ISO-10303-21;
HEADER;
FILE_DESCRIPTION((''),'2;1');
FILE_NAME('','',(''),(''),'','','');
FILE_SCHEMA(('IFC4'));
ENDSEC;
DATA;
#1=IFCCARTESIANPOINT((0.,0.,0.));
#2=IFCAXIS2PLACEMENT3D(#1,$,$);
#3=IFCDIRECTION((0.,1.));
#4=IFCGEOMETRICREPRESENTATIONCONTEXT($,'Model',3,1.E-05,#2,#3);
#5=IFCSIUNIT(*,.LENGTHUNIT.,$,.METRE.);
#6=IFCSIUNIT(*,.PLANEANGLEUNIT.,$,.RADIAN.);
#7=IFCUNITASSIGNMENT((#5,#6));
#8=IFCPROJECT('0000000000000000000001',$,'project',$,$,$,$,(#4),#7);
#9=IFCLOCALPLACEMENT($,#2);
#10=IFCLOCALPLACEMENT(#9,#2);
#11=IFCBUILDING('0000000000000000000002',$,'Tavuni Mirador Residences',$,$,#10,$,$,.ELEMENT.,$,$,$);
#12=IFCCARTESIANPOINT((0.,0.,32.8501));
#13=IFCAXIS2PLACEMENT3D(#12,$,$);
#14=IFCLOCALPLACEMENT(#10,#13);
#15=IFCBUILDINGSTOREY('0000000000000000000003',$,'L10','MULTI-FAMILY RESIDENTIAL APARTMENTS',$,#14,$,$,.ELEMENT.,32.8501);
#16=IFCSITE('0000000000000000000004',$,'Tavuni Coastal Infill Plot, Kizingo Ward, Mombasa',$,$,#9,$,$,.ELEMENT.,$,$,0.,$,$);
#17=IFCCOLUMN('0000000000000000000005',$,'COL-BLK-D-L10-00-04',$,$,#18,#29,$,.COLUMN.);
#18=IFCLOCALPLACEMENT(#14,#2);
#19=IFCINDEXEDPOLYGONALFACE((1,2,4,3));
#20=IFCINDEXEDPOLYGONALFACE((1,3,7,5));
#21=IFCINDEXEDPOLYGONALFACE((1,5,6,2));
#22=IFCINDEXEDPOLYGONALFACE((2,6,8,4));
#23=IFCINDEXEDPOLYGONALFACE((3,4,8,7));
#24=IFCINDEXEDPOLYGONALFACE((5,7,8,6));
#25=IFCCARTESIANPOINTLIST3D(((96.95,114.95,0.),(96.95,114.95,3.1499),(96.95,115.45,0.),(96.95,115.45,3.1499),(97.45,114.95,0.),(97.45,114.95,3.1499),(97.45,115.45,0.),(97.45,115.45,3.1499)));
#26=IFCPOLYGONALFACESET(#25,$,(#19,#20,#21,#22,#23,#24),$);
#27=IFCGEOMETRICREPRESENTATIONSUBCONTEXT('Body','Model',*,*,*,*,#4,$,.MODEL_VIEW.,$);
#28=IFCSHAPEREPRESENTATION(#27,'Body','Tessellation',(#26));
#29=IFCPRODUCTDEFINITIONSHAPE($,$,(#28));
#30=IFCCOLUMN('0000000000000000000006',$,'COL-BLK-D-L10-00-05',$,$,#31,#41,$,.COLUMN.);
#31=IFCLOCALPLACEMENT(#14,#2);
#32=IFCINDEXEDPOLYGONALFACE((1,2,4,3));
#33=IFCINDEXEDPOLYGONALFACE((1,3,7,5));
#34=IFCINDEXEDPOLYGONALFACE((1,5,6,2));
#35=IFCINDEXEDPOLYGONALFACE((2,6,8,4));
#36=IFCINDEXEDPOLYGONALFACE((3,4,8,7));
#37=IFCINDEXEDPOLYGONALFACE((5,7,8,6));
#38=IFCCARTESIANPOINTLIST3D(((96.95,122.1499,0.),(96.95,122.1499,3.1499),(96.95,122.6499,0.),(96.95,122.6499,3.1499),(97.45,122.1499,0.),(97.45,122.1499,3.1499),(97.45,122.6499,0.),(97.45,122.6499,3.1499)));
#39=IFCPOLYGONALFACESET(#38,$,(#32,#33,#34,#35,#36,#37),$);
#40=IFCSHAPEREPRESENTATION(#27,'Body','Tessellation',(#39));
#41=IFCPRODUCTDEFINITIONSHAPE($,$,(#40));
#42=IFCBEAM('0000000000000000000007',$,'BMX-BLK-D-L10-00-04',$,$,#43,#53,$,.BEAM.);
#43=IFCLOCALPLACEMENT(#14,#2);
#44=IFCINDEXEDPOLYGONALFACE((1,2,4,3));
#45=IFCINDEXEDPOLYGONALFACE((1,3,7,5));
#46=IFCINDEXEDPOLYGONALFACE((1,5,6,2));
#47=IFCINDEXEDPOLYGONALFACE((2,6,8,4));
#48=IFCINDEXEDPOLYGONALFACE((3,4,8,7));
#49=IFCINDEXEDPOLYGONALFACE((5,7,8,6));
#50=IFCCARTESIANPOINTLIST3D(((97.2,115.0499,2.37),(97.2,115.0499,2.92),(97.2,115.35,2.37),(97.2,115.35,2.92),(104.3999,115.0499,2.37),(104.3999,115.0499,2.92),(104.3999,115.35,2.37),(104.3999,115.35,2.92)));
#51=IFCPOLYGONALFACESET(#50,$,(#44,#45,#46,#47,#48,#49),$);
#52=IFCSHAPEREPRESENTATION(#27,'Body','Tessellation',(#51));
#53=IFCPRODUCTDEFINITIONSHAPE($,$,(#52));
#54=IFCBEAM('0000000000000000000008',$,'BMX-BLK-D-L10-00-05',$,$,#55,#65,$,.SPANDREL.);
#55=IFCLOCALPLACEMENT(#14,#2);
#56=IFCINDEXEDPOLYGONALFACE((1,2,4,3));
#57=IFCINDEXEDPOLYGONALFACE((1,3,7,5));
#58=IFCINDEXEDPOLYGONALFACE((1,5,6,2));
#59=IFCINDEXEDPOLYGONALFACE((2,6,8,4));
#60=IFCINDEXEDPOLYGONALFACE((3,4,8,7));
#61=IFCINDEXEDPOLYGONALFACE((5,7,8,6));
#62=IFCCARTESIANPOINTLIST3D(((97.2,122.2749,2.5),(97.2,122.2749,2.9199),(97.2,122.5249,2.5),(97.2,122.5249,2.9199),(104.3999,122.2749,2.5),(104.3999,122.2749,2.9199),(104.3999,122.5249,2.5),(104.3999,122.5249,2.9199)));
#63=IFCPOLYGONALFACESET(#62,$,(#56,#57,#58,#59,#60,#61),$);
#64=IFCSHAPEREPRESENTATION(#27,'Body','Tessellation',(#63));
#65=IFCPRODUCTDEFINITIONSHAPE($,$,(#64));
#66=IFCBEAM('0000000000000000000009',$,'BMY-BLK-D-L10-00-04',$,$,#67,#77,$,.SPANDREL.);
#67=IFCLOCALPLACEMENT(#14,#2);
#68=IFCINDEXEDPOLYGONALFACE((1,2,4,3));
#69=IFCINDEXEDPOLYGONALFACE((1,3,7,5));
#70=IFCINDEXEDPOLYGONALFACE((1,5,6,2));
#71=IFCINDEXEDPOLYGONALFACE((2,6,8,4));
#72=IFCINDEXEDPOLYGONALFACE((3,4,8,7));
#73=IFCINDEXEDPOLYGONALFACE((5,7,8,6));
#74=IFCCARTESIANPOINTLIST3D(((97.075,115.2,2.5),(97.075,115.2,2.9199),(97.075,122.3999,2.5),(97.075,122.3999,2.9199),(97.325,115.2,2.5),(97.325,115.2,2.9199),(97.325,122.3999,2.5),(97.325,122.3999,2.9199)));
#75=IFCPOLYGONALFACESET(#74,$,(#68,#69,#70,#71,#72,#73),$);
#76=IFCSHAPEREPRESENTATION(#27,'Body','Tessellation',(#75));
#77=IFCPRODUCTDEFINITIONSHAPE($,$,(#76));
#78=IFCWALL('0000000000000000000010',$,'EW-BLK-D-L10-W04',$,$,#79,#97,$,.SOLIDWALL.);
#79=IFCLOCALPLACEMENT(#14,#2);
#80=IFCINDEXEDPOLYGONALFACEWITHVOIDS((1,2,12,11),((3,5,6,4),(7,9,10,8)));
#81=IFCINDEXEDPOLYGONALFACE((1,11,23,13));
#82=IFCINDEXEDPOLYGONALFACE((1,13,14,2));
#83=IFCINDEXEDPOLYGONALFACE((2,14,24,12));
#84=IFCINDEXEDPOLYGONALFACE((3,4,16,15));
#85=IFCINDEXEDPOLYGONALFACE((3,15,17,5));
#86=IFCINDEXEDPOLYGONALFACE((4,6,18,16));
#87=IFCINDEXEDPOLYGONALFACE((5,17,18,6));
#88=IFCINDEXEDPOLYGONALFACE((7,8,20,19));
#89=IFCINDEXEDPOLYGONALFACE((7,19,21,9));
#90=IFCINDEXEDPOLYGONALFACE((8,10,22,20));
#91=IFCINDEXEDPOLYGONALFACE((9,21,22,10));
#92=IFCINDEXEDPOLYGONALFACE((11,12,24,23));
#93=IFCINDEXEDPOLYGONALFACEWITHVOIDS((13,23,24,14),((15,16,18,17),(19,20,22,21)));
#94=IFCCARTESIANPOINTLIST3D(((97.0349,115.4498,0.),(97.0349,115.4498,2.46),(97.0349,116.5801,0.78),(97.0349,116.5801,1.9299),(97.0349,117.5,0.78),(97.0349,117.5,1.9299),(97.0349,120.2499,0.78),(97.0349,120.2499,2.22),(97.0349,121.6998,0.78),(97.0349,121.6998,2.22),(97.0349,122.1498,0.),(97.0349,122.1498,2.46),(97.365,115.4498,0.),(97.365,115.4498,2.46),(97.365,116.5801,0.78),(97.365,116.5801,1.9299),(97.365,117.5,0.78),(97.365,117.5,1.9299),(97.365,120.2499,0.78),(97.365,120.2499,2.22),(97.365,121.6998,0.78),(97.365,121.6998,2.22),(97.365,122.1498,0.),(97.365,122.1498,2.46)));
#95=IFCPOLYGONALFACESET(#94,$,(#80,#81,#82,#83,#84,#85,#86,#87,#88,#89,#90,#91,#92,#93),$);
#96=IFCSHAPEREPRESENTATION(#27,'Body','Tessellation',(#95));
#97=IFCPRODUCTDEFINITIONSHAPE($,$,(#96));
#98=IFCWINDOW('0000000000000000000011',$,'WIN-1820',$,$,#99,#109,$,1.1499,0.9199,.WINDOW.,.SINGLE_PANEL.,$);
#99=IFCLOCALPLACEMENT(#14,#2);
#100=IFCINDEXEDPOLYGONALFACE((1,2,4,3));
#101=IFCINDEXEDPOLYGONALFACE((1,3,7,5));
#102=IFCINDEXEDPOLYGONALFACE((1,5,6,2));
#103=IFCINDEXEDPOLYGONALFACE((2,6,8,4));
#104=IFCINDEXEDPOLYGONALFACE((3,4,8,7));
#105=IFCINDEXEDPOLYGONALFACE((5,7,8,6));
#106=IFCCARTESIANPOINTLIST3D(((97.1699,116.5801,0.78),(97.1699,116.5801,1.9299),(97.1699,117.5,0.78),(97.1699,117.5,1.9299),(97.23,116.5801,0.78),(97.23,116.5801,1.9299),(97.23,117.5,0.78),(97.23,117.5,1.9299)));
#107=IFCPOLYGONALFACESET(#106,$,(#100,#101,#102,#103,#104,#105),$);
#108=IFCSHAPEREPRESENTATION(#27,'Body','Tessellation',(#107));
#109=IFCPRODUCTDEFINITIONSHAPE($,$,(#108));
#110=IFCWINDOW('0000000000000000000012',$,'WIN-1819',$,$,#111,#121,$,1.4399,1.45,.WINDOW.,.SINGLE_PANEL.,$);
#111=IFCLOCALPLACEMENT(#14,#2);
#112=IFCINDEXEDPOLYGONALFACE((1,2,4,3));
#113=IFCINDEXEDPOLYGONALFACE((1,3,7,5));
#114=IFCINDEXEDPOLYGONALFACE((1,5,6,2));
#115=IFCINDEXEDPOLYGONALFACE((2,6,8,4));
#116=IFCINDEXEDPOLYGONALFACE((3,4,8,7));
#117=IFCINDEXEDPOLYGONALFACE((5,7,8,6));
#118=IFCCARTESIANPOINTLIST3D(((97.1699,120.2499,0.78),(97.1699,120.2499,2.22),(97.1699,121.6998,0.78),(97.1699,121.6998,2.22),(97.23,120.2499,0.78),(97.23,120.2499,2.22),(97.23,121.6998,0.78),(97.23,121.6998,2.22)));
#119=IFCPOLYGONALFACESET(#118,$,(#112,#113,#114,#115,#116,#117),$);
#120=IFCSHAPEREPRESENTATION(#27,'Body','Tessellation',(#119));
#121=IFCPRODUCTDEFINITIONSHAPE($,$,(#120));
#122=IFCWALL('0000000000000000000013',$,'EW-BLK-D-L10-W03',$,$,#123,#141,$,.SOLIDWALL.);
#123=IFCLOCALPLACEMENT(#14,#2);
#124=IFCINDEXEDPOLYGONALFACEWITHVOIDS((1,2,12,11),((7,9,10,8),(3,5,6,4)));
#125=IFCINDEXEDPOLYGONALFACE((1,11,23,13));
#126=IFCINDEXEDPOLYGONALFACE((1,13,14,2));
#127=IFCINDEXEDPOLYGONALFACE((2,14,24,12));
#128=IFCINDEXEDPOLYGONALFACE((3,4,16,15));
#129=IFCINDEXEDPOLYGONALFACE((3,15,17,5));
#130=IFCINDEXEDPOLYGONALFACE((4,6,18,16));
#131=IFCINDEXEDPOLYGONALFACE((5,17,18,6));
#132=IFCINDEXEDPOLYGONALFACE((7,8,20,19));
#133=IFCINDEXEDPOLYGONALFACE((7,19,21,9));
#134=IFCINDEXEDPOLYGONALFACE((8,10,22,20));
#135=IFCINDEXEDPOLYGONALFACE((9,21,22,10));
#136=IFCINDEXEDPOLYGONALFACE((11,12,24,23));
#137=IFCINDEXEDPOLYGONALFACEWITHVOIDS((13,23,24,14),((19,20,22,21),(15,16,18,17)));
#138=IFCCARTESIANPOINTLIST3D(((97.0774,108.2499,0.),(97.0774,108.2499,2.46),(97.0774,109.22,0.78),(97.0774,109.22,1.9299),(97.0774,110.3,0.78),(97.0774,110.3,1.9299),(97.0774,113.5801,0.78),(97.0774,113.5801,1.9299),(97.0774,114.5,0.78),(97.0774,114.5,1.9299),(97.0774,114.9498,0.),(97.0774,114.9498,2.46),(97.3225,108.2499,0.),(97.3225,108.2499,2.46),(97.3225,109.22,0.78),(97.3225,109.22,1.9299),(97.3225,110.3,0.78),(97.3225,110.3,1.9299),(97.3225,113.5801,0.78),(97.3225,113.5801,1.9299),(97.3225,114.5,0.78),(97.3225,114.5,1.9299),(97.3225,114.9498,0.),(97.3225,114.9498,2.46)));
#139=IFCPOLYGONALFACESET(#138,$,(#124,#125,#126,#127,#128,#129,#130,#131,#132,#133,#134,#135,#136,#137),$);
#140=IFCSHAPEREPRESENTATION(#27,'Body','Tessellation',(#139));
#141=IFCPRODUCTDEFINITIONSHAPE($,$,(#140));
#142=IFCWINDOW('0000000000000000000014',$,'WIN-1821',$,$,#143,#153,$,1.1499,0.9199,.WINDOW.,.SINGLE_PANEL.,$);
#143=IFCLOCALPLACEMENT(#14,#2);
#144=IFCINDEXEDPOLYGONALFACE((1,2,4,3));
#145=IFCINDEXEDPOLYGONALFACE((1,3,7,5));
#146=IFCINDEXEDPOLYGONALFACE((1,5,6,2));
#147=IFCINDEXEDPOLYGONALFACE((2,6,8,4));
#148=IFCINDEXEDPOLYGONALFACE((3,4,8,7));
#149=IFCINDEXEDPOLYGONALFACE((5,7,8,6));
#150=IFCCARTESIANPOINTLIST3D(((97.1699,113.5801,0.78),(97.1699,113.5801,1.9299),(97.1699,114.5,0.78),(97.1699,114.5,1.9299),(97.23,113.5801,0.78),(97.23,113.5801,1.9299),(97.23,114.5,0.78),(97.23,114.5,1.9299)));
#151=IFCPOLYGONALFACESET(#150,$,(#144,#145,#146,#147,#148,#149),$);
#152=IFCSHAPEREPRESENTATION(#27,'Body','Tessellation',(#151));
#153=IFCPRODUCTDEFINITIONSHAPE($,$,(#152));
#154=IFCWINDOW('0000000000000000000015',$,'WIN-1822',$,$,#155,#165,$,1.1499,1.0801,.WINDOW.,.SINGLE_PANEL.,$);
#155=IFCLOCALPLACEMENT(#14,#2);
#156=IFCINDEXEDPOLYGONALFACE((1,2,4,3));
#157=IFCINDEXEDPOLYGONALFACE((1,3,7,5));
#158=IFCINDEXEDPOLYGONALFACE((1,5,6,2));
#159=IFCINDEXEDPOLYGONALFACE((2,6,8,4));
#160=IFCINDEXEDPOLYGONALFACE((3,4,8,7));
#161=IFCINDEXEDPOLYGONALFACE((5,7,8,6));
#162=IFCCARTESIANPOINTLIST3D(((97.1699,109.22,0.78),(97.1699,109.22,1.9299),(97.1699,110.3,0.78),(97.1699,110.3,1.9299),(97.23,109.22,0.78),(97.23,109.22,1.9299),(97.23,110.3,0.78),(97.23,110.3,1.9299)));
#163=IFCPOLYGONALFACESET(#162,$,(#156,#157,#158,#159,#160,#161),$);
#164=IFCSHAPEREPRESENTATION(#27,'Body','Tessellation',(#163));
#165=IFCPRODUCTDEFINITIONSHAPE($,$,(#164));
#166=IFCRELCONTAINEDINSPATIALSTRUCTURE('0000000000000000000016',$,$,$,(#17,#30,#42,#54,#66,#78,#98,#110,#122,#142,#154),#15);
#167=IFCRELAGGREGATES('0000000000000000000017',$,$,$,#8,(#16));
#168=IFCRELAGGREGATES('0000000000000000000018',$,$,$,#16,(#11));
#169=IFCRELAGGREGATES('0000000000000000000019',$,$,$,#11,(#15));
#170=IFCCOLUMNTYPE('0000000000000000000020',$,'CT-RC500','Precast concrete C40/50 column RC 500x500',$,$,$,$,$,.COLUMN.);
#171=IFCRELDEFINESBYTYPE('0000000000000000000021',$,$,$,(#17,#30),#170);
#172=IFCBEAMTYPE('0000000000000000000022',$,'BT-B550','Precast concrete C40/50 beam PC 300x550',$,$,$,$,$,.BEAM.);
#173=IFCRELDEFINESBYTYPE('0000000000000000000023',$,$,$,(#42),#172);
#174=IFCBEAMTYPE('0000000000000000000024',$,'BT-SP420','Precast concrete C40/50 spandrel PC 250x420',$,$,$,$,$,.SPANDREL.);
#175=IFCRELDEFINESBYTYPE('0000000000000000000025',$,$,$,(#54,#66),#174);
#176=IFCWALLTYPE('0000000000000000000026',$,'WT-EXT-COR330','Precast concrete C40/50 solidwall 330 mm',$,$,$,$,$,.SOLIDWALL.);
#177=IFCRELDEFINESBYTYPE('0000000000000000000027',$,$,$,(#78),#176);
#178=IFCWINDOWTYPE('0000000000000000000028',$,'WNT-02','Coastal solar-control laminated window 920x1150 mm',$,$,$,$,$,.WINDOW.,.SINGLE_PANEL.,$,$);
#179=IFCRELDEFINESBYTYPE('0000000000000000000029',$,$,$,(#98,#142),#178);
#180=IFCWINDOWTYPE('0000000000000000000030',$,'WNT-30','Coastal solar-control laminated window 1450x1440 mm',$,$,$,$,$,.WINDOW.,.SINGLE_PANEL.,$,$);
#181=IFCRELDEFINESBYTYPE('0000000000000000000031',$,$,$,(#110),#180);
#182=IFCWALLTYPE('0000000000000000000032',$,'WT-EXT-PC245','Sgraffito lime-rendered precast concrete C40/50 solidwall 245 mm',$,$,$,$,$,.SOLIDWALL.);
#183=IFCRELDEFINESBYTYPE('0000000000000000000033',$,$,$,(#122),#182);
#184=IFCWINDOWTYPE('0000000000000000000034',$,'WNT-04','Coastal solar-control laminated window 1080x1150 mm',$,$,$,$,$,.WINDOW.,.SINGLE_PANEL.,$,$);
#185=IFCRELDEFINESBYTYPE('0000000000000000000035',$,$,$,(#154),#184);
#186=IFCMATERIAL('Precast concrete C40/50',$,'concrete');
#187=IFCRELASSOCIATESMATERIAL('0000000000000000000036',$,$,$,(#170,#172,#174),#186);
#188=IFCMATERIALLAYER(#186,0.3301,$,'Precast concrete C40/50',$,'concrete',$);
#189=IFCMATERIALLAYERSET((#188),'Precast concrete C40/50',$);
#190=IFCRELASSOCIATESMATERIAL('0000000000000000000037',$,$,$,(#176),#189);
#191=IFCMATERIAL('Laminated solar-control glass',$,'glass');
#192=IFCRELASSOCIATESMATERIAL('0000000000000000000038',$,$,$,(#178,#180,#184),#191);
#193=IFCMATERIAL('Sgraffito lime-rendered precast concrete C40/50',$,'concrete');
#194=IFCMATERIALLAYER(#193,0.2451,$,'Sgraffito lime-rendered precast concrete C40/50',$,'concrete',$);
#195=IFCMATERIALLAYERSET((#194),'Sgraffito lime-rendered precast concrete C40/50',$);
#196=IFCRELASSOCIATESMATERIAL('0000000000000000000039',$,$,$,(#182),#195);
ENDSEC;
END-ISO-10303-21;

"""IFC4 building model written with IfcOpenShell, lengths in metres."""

from ifc_helpers import new_model, si_unit, direction, frame, frame_2d, origin, origin_2d, place, context, subcontext, project, spatial, rectangle, extrude, material, layer, layer_set, material_profile, profile_set, type_object, element, fill, save


model = new_model("IFC4")

# Units and contexts
model_context = context("Model", 3, precision=1e-05, world=origin(), true_north=direction((0.0, 1.0)))
body_context = subcontext(model_context, "Body", "Model", "MODEL_VIEW")
ifc_project = project(units=[si_unit("LENGTHUNIT", "METRE"), si_unit("PLANEANGLEUNIT", "RADIAN")], contexts=[model_context])

# Site, building, storey
site_placement = place(None, origin())
site = spatial("IfcSite", under=ifc_project, at=site_placement, Name="Tavuni Coastal Infill Plot, Kizingo Ward, Mombasa", CompositionType="ELEMENT", RefElevation=0.0)
building_placement = place(site_placement, origin())
building = spatial("IfcBuilding", under=site, at=building_placement, Name="Tavuni Mirador Residences", CompositionType="ELEMENT")
storey_placement = place(building_placement, frame((0.0, 0.0, 32.8501)))
storey = spatial("IfcBuildingStorey", under=building, at=storey_placement, Name="L10", Description="MULTI-FAMILY RESIDENTIAL APARTMENTS", CompositionType="ELEMENT", Elevation=32.8501)

# Columns
ifc_material_1 = material(Name="Precast concrete C40/50", Category="concrete")
ifc_material_profile_1 = material_profile(ifc_material_1, rectangle(XDim=0.5, YDim=0.5, at=origin_2d()), Name="RC 500x500", Category="concrete")
ifc_profile_set_1 = profile_set([ifc_material_profile_1], Name="Precast concrete C40/50")
column_type = type_object("IfcColumnType", Name="CT-RC500", Description="Precast concrete C40/50 column RC 500x500", PredefinedType="COLUMN", material=ifc_profile_set_1)
for number, where, z_axis, x_axis, name in (
    (1, (97.2, 115.2, 0.0), (0.0, 0.0, 1.0), (1.0, 0.0, 0.0), "COL-BLK-D-L10-00-04"),
    (2, (97.2, 122.3999, 0.0), (0.0, 0.0, 1.0), (1.0, 0.0, 0.0), "COL-BLK-D-L10-00-05"),
):
    element("IfcColumn", number, at=place(storey_placement, frame(where, z_axis=z_axis, x_axis=x_axis)), inside=storey, type_object=column_type, Name=name, PredefinedType="COLUMN", context=body_context, shape_type="SweptSolid", body=[
        extrude(rectangle(XDim=0.5, YDim=0.5, at=origin_2d()), origin(), (0.0, 0.0, 1.0), 3.1499),
    ])

# Beams
ifc_material_profile_2 = material_profile(ifc_material_1, rectangle(XDim=0.3, YDim=0.55, at=origin_2d()), Name="PC 300x550", Category="concrete")
ifc_profile_set_2 = profile_set([ifc_material_profile_2], Name="Precast concrete C40/50")
beam_type_1 = type_object("IfcBeamType", Name="BT-B550", Description="Precast concrete C40/50 beam PC 300x550", PredefinedType="BEAM", material=ifc_profile_set_2)
beam_placement = place(storey_placement, frame((97.2, 115.2, 2.645), z_axis=(1.0, 0.0, 0.0), x_axis=(0.0, 1.0, 0.0)))
element("IfcBeam", 3, at=beam_placement, inside=storey, type_object=beam_type_1, Name="BMX-BLK-D-L10-00-04", PredefinedType="BEAM", context=body_context, shape_type="SweptSolid", body=[
    extrude(rectangle(XDim=0.3, YDim=0.55, at=origin_2d()), origin(), (0.0, 0.0, 1.0), 7.2),
])
ifc_material_profile_3 = material_profile(ifc_material_1, rectangle(XDim=0.25, YDim=0.4199, at=origin_2d()), Name="PC 250x420", Category="concrete")
ifc_profile_set_3 = profile_set([ifc_material_profile_3], Name="Precast concrete C40/50")
beam_type_2 = type_object("IfcBeamType", Name="BT-SP420", Description="Precast concrete C40/50 spandrel PC 250x420", PredefinedType="SPANDREL", material=ifc_profile_set_3)
for number, where, z_axis, x_axis, name in (
    (4, (97.2, 122.3999, 2.71), (1.0, 0.0, 0.0), (0.0, 1.0, 0.0), "BMX-BLK-D-L10-00-05"),
    (5, (97.2, 115.2, 2.71), (0.0, 1.0, 0.0), (-1.0, 0.0, 0.0), "BMY-BLK-D-L10-00-04"),
):
    element("IfcBeam", number, at=place(storey_placement, frame(where, z_axis=z_axis, x_axis=x_axis)), inside=storey, type_object=beam_type_2, Name=name, PredefinedType="SPANDREL", context=body_context, shape_type="SweptSolid", body=[
        extrude(rectangle(XDim=0.25, YDim=0.4199, at=origin_2d()), origin(), (0.0, 0.0, 1.0), 7.2),
    ])

# Walls, openings, windows
ifc_layer_1 = layer(ifc_material_1, 0.3301, Name="Precast concrete C40/50", Category="concrete")
ifc_layer_set_1 = layer_set([ifc_layer_1], Name="Precast concrete C40/50")
wall_type_1 = type_object("IfcWallType", Name="WT-EXT-COR330", Description="Precast concrete C40/50 solidwall 330 mm", PredefinedType="SOLIDWALL", material=ifc_layer_set_1)
wall_1_placement = place(storey_placement, frame((97.2, 122.1499, 0.0), z_axis=(0.0, 0.0, 1.0), x_axis=(0.0, -1.0, 0.0)))
wall_1 = element("IfcWall", 6, at=wall_1_placement, inside=storey, type_object=wall_type_1, Name="EW-BLK-D-L10-W04", PredefinedType="SOLIDWALL", context=body_context, shape_type="SweptSolid", body=[
    extrude(rectangle(XDim=6.7, YDim=0.3301, at=frame_2d((3.3501, 0.0))), origin(), (0.0, 0.0, 1.0), 2.46),
])
opening_1_placement = place(wall_1_placement, frame((0.45, 0.0, 0.78)))
opening_1 = element("IfcOpeningElement", 7, at=opening_1_placement, cuts=wall_1, PredefinedType="OPENING", context=body_context, shape_type="SweptSolid", body=[
    extrude(rectangle(XDim=1.45, YDim=1.4399, at=frame_2d((0.7251, 0.72))), frame((0.0, 0.175, 0.0), z_axis=(0.0, -1.0, 0.0), x_axis=(1.0, 0.0, 0.0)), (0.0, 0.0, 1.0), 0.3501),
])
opening_2_placement = place(wall_1_placement, frame((4.6499, 0.0, 0.78)))
opening_2 = element("IfcOpeningElement", 8, at=opening_2_placement, cuts=wall_1, PredefinedType="OPENING", context=body_context, shape_type="SweptSolid", body=[
    extrude(rectangle(XDim=0.9199, YDim=1.1499, at=frame_2d((0.46, 0.575))), frame((0.0, 0.175, 0.0), z_axis=(0.0, -1.0, 0.0), x_axis=(1.0, 0.0, 0.0)), (0.0, 0.0, 1.0), 0.3501),
])
ifc_material_2 = material(Name="Laminated solar-control glass", Category="glass")
window_type_1 = type_object("IfcWindowType", Name="WNT-02", Description="Coastal solar-control laminated window 920x1150 mm", PartitioningType="SINGLE_PANEL", PredefinedType="WINDOW", material=ifc_material_2)
window_1_placement = place(opening_2_placement, origin())
window_1 = element("IfcWindow", 9, at=window_1_placement, inside=storey, type_object=window_type_1, Name="WIN-1820", OverallHeight=1.1499, OverallWidth=0.9199, PartitioningType="SINGLE_PANEL", PredefinedType="WINDOW", context=body_context, shape_type="SweptSolid", body=[
    extrude(rectangle(XDim=0.9199, YDim=1.1499, at=frame_2d((0.46, 0.575))), frame((0.0, 0.03, 0.0), z_axis=(0.0, -1.0, 0.0), x_axis=(1.0, 0.0, 0.0)), (0.0, 0.0, 1.0), 0.0601),
])
fill(opening_2, window_1)
window_type_2 = type_object("IfcWindowType", Name="WNT-30", Description="Coastal solar-control laminated window 1450x1440 mm", PartitioningType="SINGLE_PANEL", PredefinedType="WINDOW", material=ifc_material_2)
window_2_placement = place(opening_1_placement, origin())
window_2 = element("IfcWindow", 10, at=window_2_placement, inside=storey, type_object=window_type_2, Name="WIN-1819", OverallHeight=1.4399, OverallWidth=1.45, PartitioningType="SINGLE_PANEL", PredefinedType="WINDOW", context=body_context, shape_type="SweptSolid", body=[
    extrude(rectangle(XDim=1.45, YDim=1.4399, at=frame_2d((0.7251, 0.72))), frame((0.0, 0.03, 0.0), z_axis=(0.0, -1.0, 0.0), x_axis=(1.0, 0.0, 0.0)), (0.0, 0.0, 1.0), 0.0601),
])
fill(opening_1, window_2)
ifc_material_3 = material(Name="Sgraffito lime-rendered precast concrete C40/50", Category="concrete")
ifc_layer_2 = layer(ifc_material_3, 0.2451, Name="Sgraffito lime-rendered precast concrete C40/50", Category="concrete")
ifc_layer_set_2 = layer_set([ifc_layer_2], Name="Sgraffito lime-rendered precast concrete C40/50")
wall_type_2 = type_object("IfcWallType", Name="WT-EXT-PC245", Description="Sgraffito lime-rendered precast concrete C40/50 solidwall 245 mm", PredefinedType="SOLIDWALL", material=ifc_layer_set_2)
wall_2_placement = place(storey_placement, frame((97.2, 114.95, 0.0), z_axis=(0.0, 0.0, 1.0), x_axis=(0.0, -1.0, 0.0)))
wall_2 = element("IfcWall", 11, at=wall_2_placement, inside=storey, type_object=wall_type_2, Name="EW-BLK-D-L10-W03", PredefinedType="SOLIDWALL", context=body_context, shape_type="SweptSolid", body=[
    extrude(rectangle(XDim=6.7, YDim=0.2451, at=frame_2d((3.3501, 0.0))), origin(), (0.0, 0.0, 1.0), 2.46),
])
opening_3_placement = place(wall_2_placement, frame((0.45, 0.0, 0.78)))
opening_3 = element("IfcOpeningElement", 12, at=opening_3_placement, cuts=wall_2, PredefinedType="OPENING", context=body_context, shape_type="SweptSolid", body=[
    extrude(rectangle(XDim=0.9199, YDim=1.1499, at=frame_2d((0.46, 0.575))), frame((0.0, 0.1326, 0.0), z_axis=(0.0, -1.0, 0.0), x_axis=(1.0, 0.0, 0.0)), (0.0, 0.0, 1.0), 0.2651),
])
opening_4_placement = place(wall_2_placement, frame((4.6499, 0.0, 0.78)))
opening_4 = element("IfcOpeningElement", 13, at=opening_4_placement, cuts=wall_2, PredefinedType="OPENING", context=body_context, shape_type="SweptSolid", body=[
    extrude(rectangle(XDim=1.0801, YDim=1.1499, at=frame_2d((0.54, 0.575))), frame((0.0, 0.1326, 0.0), z_axis=(0.0, -1.0, 0.0), x_axis=(1.0, 0.0, 0.0)), (0.0, 0.0, 1.0), 0.2651),
])
window_3_placement = place(opening_3_placement, origin())
window_3 = element("IfcWindow", 14, at=window_3_placement, inside=storey, type_object=window_type_1, Name="WIN-1821", OverallHeight=1.1499, OverallWidth=0.9199, PartitioningType="SINGLE_PANEL", PredefinedType="WINDOW", context=body_context, shape_type="SweptSolid", body=[
    extrude(rectangle(XDim=0.9199, YDim=1.1499, at=frame_2d((0.46, 0.575))), frame((0.0, 0.03, 0.0), z_axis=(0.0, -1.0, 0.0), x_axis=(1.0, 0.0, 0.0)), (0.0, 0.0, 1.0), 0.0601),
])
fill(opening_3, window_3)
window_type_3 = type_object("IfcWindowType", Name="WNT-04", Description="Coastal solar-control laminated window 1080x1150 mm", PartitioningType="SINGLE_PANEL", PredefinedType="WINDOW", material=ifc_material_2)
window_4_placement = place(opening_4_placement, origin())
window_4 = element("IfcWindow", 15, at=window_4_placement, inside=storey, type_object=window_type_3, Name="WIN-1822", OverallHeight=1.1499, OverallWidth=1.0801, PartitioningType="SINGLE_PANEL", PredefinedType="WINDOW", context=body_context, shape_type="SweptSolid", body=[
    extrude(rectangle(XDim=1.0801, YDim=1.1499, at=frame_2d((0.54, 0.575))), frame((0.0, 0.03, 0.0), z_axis=(0.0, -1.0, 0.0), x_axis=(1.0, 0.0, 0.0)), (0.0, 0.0, 1.0), 0.0601),
])
fill(opening_4, window_4)

save(model, "model.ifc")
